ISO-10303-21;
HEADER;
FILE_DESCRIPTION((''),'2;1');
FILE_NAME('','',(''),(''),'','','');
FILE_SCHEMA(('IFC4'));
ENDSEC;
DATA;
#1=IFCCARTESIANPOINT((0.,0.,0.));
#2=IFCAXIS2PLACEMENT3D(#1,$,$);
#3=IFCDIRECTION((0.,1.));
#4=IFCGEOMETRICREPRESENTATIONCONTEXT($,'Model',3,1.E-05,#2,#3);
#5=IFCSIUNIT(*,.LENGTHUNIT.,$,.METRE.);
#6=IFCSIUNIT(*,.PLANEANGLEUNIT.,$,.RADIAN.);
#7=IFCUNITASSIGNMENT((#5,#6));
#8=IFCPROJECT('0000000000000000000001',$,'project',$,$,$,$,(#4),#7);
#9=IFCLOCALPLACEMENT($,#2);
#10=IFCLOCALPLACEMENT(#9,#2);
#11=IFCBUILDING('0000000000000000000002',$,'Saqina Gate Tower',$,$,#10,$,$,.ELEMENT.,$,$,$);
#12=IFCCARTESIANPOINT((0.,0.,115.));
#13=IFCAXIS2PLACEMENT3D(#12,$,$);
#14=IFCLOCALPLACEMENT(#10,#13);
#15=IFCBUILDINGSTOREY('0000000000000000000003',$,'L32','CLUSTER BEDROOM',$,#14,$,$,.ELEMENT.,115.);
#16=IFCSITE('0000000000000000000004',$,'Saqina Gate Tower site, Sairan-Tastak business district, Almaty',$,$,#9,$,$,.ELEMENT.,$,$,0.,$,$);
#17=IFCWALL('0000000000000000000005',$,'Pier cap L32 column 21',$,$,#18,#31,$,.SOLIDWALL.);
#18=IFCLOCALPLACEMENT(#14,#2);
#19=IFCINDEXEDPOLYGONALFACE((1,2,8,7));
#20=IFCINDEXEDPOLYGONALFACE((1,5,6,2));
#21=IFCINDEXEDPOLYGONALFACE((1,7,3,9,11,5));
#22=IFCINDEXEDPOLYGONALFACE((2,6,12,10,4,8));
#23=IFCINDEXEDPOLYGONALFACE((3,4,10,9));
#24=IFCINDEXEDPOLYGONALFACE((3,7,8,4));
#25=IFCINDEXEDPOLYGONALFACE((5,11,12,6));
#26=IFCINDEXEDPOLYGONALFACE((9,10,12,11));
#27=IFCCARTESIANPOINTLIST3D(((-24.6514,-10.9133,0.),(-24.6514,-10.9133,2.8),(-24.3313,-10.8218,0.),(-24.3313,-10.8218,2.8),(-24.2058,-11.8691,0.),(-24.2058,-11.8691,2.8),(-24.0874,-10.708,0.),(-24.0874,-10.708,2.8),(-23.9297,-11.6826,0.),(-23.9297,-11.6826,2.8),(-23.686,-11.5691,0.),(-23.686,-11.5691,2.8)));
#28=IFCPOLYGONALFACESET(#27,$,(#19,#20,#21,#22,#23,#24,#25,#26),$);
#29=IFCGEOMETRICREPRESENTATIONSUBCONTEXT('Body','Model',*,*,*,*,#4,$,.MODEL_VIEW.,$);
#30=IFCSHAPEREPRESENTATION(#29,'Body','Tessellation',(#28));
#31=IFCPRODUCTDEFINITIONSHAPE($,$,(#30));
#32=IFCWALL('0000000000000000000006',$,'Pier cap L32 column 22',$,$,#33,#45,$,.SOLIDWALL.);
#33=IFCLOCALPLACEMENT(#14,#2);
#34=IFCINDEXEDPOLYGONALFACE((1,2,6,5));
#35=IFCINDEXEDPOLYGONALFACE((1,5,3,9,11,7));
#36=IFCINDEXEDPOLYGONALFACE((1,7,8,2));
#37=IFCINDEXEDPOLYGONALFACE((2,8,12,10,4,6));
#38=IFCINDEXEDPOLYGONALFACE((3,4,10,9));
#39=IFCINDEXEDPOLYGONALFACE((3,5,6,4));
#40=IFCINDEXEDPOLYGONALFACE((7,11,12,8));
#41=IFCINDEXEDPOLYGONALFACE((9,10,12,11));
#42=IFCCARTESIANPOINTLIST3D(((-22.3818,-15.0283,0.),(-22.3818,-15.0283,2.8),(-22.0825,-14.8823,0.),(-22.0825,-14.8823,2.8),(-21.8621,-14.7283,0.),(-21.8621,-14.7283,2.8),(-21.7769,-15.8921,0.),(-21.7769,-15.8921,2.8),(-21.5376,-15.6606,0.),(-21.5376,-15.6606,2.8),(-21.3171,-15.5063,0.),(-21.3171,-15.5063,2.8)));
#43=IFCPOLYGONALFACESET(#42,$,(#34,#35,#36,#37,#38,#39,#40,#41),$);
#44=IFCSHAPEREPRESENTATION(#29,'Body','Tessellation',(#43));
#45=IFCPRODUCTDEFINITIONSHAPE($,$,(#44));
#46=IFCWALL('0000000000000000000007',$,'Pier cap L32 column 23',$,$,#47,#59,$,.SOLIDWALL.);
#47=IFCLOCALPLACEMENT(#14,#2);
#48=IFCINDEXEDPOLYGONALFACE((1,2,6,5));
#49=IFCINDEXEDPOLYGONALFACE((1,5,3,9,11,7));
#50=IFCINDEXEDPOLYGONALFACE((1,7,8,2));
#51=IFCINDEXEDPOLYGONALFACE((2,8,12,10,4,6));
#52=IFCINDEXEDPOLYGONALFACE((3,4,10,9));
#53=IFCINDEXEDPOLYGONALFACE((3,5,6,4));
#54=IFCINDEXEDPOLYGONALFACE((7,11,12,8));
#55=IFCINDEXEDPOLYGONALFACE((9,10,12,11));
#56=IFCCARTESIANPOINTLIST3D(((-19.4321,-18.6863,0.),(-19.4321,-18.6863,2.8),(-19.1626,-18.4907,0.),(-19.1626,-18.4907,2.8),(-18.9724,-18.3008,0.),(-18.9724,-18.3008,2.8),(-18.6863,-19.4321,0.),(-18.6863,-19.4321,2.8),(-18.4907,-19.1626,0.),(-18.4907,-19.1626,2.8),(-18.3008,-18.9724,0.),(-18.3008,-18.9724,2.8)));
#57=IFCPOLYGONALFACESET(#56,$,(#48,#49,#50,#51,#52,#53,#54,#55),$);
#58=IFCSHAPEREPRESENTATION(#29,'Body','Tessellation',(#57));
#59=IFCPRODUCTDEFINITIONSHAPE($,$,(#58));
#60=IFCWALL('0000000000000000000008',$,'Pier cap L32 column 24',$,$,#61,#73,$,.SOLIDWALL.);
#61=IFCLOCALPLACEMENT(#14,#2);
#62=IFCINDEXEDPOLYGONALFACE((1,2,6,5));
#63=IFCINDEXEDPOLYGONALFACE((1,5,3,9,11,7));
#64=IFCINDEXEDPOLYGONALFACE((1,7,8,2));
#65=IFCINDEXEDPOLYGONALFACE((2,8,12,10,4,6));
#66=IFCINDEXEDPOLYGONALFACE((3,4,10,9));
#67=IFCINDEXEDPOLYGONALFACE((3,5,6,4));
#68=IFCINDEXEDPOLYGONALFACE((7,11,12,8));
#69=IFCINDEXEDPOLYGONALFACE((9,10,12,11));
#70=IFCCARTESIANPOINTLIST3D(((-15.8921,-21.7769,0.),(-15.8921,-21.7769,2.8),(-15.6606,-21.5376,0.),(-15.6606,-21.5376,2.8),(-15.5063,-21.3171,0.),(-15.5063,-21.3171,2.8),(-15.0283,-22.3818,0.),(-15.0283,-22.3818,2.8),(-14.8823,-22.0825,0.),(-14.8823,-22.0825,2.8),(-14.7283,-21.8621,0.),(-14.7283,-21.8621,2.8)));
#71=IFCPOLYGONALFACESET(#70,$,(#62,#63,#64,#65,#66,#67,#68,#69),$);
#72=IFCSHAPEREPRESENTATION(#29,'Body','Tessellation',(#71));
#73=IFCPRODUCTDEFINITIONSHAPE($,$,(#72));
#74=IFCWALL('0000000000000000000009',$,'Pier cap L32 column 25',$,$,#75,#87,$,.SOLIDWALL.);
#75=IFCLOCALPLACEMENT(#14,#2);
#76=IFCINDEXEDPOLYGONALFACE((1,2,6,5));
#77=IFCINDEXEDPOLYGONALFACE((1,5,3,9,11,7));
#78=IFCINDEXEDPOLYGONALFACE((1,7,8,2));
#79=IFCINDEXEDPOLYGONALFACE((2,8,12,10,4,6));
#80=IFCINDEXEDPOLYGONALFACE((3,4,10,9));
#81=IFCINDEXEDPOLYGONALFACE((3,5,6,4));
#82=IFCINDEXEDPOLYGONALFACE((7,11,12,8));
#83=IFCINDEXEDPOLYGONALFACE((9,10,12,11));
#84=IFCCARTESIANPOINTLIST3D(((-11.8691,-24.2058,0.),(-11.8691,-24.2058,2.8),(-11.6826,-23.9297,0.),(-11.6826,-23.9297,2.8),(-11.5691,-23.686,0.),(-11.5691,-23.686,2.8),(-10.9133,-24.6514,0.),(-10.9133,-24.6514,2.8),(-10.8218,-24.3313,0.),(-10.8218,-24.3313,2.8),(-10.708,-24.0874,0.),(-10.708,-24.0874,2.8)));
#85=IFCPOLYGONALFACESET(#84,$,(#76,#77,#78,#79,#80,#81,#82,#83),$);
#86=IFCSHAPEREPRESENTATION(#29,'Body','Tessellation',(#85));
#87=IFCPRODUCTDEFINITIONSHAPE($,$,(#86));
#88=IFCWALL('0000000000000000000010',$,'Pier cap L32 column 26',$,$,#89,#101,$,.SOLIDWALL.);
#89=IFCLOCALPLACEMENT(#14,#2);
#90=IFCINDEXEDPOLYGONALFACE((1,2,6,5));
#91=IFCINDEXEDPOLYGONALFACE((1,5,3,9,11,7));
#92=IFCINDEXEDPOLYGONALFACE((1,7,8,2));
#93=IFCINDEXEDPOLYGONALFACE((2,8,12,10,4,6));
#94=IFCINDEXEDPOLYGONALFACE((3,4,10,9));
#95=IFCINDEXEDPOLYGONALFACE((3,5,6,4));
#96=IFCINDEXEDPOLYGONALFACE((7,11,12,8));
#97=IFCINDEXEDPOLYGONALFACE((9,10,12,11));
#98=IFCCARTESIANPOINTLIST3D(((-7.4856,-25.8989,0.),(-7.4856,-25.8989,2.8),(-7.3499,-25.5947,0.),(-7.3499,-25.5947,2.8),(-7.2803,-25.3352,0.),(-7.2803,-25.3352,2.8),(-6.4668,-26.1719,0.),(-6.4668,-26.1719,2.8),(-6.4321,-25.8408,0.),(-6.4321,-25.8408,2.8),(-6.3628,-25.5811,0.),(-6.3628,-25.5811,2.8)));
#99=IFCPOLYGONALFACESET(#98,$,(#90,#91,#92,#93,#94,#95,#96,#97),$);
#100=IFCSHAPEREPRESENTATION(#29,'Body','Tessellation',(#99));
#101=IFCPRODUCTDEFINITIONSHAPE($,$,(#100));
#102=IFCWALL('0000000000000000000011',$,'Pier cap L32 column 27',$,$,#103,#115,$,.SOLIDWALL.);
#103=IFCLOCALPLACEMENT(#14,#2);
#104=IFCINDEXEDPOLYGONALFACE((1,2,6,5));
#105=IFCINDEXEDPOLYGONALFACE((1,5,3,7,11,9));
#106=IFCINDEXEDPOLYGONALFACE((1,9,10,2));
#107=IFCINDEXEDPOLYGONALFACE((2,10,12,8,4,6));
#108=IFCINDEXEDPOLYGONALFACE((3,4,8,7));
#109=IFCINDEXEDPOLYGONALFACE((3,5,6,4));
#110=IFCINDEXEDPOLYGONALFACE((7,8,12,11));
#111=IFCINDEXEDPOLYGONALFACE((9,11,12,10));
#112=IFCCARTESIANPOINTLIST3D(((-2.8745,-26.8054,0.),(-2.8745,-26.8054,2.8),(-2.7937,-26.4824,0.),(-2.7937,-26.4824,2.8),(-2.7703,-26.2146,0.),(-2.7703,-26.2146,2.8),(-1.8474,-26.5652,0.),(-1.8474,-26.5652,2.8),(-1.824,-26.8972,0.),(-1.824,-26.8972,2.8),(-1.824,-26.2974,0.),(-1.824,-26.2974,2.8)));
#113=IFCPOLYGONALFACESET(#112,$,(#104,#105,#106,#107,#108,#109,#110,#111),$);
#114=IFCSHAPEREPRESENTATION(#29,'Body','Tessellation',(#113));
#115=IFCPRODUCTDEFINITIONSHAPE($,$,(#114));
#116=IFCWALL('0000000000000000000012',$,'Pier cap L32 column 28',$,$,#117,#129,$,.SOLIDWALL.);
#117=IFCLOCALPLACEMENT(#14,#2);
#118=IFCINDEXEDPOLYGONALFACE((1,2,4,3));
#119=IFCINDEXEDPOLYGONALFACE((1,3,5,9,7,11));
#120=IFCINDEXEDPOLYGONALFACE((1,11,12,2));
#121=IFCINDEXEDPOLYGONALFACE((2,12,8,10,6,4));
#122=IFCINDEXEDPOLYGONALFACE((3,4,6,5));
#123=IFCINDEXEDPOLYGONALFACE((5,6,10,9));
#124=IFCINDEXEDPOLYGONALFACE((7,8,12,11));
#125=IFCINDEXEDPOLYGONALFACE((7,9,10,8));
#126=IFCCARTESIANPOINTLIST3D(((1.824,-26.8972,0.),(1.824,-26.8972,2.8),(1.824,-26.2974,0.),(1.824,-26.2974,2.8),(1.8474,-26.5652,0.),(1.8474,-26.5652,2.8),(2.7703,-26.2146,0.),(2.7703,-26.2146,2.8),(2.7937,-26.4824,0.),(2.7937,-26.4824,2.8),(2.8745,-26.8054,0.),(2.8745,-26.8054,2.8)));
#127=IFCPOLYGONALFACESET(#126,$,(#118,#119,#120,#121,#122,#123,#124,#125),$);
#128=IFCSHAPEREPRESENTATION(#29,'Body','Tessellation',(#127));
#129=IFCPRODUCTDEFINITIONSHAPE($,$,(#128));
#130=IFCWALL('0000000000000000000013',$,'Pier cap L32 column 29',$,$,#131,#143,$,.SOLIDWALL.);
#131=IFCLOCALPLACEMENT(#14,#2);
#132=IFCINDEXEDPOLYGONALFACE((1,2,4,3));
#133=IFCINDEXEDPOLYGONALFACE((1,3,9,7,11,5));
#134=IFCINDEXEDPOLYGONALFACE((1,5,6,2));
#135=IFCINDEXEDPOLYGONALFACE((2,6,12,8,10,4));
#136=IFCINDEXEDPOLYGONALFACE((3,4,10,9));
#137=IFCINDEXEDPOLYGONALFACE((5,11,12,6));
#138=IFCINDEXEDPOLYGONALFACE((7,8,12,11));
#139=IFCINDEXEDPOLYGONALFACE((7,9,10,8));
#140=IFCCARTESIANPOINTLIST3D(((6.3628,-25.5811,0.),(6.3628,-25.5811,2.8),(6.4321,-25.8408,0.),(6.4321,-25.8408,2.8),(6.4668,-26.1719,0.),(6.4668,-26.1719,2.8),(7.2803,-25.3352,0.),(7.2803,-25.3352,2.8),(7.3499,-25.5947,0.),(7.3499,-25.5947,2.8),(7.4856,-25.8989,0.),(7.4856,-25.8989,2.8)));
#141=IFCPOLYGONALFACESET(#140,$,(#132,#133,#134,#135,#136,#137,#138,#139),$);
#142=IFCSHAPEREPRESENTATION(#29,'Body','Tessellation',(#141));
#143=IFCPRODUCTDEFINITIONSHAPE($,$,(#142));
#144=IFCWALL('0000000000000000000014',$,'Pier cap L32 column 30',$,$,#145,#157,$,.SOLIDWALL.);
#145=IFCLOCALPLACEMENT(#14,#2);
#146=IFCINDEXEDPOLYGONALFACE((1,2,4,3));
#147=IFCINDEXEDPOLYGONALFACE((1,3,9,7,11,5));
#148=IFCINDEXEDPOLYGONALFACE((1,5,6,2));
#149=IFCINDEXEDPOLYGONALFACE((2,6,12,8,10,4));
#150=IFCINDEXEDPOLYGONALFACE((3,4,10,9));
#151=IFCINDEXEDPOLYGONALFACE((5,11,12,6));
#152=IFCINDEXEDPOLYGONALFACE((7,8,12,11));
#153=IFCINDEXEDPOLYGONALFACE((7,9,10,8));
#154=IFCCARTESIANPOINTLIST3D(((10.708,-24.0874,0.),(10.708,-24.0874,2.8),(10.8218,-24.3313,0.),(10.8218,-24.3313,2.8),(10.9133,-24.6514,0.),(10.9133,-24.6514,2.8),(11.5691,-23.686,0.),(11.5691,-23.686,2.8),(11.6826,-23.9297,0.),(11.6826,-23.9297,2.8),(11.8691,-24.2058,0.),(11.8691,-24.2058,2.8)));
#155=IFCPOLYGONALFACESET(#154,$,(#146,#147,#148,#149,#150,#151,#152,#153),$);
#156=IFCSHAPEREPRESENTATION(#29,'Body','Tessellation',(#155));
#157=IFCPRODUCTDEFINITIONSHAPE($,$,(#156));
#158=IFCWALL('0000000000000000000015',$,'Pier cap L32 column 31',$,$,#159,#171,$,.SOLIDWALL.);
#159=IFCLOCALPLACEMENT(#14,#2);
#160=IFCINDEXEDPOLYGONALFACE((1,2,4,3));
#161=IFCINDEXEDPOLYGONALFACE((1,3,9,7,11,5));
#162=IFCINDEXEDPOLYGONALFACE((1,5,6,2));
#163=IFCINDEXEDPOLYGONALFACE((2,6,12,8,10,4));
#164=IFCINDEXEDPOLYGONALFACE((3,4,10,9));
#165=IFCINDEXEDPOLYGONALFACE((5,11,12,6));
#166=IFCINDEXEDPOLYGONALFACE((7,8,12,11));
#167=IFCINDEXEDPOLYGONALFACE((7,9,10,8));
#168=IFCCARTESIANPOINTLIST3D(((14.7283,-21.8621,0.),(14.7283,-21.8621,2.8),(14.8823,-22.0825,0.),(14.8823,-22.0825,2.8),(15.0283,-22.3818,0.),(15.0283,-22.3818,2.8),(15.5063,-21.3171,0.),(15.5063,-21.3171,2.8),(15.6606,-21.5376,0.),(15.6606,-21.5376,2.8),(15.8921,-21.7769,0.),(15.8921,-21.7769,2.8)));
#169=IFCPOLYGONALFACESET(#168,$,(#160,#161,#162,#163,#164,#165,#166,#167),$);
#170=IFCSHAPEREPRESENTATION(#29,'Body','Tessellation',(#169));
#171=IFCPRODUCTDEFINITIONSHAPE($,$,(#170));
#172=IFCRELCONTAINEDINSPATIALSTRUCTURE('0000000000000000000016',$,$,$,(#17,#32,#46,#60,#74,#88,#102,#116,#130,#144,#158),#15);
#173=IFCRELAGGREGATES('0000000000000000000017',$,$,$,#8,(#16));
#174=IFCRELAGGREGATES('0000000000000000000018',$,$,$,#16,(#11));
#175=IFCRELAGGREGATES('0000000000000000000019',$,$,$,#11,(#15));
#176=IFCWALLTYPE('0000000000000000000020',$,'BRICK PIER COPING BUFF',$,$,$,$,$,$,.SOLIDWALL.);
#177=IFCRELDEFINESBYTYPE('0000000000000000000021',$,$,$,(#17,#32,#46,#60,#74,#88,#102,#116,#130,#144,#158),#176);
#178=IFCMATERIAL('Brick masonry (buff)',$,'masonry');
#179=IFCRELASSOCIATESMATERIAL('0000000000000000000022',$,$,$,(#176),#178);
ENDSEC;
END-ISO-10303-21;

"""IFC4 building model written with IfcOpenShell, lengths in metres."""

from ifc_helpers import new_model, si_unit, direction, frame, origin, place, context, subcontext, project, spatial, polyline, outline, extrude, material, type_object, element, save


model = new_model("IFC4")

# Units and contexts
model_context = context("Model", 3, precision=1e-05, world=origin(), true_north=direction((0.0, 1.0)))
body_context = subcontext(model_context, "Body", "Model", "MODEL_VIEW")
ifc_project = project(units=[si_unit("LENGTHUNIT", "METRE"), si_unit("PLANEANGLEUNIT", "RADIAN")], contexts=[model_context])

# Site, building, storey
site_placement = place(None, origin())
site = spatial("IfcSite", under=ifc_project, at=site_placement, Name="Saqina Gate Tower site, Sairan-Tastak business district, Almaty", CompositionType="ELEMENT", RefElevation=0.0)
building_placement = place(site_placement, origin())
building = spatial("IfcBuilding", under=site, at=building_placement, Name="Saqina Gate Tower", CompositionType="ELEMENT")
storey_placement = place(building_placement, frame((0.0, 0.0, 115.0)))
storey = spatial("IfcBuildingStorey", under=building, at=storey_placement, Name="L32", Description="CLUSTER BEDROOM", CompositionType="ELEMENT", Elevation=115.0)

# Walls
ifc_material = material(Name="Brick masonry (buff)", Category="masonry")
wall_type = type_object("IfcWallType", Name="BRICK PIER COPING BUFF", PredefinedType="SOLIDWALL", material=ifc_material)
wall_1_placement = place(storey_placement, origin())
element("IfcWall", 1, at=wall_1_placement, inside=storey, type_object=wall_type, Name="Pier cap L32 column 21", PredefinedType="SOLIDWALL", context=body_context, shape_type="SweptSolid", body=[
    extrude(outline(polyline([(-24.6514, -10.9133), (-24.2058, -11.8691), (-23.686, -11.5691), (-23.9297, -11.6826), (-24.3313, -10.8218), (-24.0874, -10.708), (-24.6514, -10.9133)])), origin(), (0.0, 0.0, 1.0), 2.8),
])
wall_2_placement = place(storey_placement, origin())
element("IfcWall", 2, at=wall_2_placement, inside=storey, type_object=wall_type, Name="Pier cap L32 column 22", PredefinedType="SOLIDWALL", context=body_context, shape_type="SweptSolid", body=[
    extrude(outline(polyline([(-21.7769, -15.8921), (-21.3171, -15.5063), (-21.5376, -15.6606), (-22.0825, -14.8823), (-21.8621, -14.7283), (-22.3818, -15.0283), (-21.7769, -15.8921)])), origin(), (0.0, 0.0, 1.0), 2.8),
])
wall_3_placement = place(storey_placement, origin())
element("IfcWall", 3, at=wall_3_placement, inside=storey, type_object=wall_type, Name="Pier cap L32 column 23", PredefinedType="SOLIDWALL", context=body_context, shape_type="SweptSolid", body=[
    extrude(outline(polyline([(-19.4321, -18.6863), (-18.6863, -19.4321), (-18.3008, -18.9724), (-18.4907, -19.1626), (-19.1626, -18.4907), (-18.9724, -18.3008), (-19.4321, -18.6863)])), origin(), (0.0, 0.0, 1.0), 2.8),
])
wall_4_placement = place(storey_placement, origin())
element("IfcWall", 4, at=wall_4_placement, inside=storey, type_object=wall_type, Name="Pier cap L32 column 24", PredefinedType="SOLIDWALL", context=body_context, shape_type="SweptSolid", body=[
    extrude(outline(polyline([(-15.0283, -22.3818), (-14.7283, -21.8621), (-14.8823, -22.0825), (-15.6606, -21.5376), (-15.5063, -21.3171), (-15.8921, -21.7769), (-15.0283, -22.3818)])), origin(), (0.0, 0.0, 1.0), 2.8),
])
wall_5_placement = place(storey_placement, origin())
element("IfcWall", 5, at=wall_5_placement, inside=storey, type_object=wall_type, Name="Pier cap L32 column 25", PredefinedType="SOLIDWALL", context=body_context, shape_type="SweptSolid", body=[
    extrude(outline(polyline([(-10.9133, -24.6514), (-10.708, -24.0874), (-10.8218, -24.3313), (-11.6826, -23.9297), (-11.5691, -23.686), (-11.8691, -24.2058), (-10.9133, -24.6514)])), origin(), (0.0, 0.0, 1.0), 2.8),
])
wall_6_placement = place(storey_placement, origin())
element("IfcWall", 6, at=wall_6_placement, inside=storey, type_object=wall_type, Name="Pier cap L32 column 26", PredefinedType="SOLIDWALL", context=body_context, shape_type="SweptSolid", body=[
    extrude(outline(polyline([(-7.4856, -25.8989), (-6.4668, -26.1719), (-6.3628, -25.5811), (-6.4321, -25.8408), (-7.3499, -25.5947), (-7.2803, -25.3352), (-7.4856, -25.8989)])), origin(), (0.0, 0.0, 1.0), 2.8),
])
wall_7_placement = place(storey_placement, origin())
element("IfcWall", 7, at=wall_7_placement, inside=storey, type_object=wall_type, Name="Pier cap L32 column 27", PredefinedType="SOLIDWALL", context=body_context, shape_type="SweptSolid", body=[
    extrude(outline(polyline([(-2.8745, -26.8054), (-1.824, -26.8972), (-1.824, -26.2974), (-1.8474, -26.5652), (-2.7937, -26.4824), (-2.7703, -26.2146), (-2.8745, -26.8054)])), origin(), (0.0, 0.0, 1.0), 2.8),
])
wall_8_placement = place(storey_placement, origin())
element("IfcWall", 8, at=wall_8_placement, inside=storey, type_object=wall_type, Name="Pier cap L32 column 28", PredefinedType="SOLIDWALL", context=body_context, shape_type="SweptSolid", body=[
    extrude(outline(polyline([(2.8745, -26.8054), (2.7703, -26.2146), (2.7937, -26.4824), (1.8474, -26.5652), (1.824, -26.2974), (1.824, -26.8972), (2.8745, -26.8054)])), origin(), (0.0, 0.0, 1.0), 2.8),
])
wall_9_placement = place(storey_placement, origin())
element("IfcWall", 9, at=wall_9_placement, inside=storey, type_object=wall_type, Name="Pier cap L32 column 29", PredefinedType="SOLIDWALL", context=body_context, shape_type="SweptSolid", body=[
    extrude(outline(polyline([(6.4668, -26.1719), (7.4856, -25.8989), (7.2803, -25.3352), (7.3499, -25.5947), (6.4321, -25.8408), (6.3628, -25.5811), (6.4668, -26.1719)])), origin(), (0.0, 0.0, 1.0), 2.8),
])
wall_10_placement = place(storey_placement, origin())
element("IfcWall", 10, at=wall_10_placement, inside=storey, type_object=wall_type, Name="Pier cap L32 column 30", PredefinedType="SOLIDWALL", context=body_context, shape_type="SweptSolid", body=[
    extrude(outline(polyline([(10.9133, -24.6514), (11.8691, -24.2058), (11.5691, -23.686), (11.6826, -23.9297), (10.8218, -24.3313), (10.708, -24.0874), (10.9133, -24.6514)])), origin(), (0.0, 0.0, 1.0), 2.8),
])
wall_11_placement = place(storey_placement, origin())
element("IfcWall", 11, at=wall_11_placement, inside=storey, type_object=wall_type, Name="Pier cap L32 column 31", PredefinedType="SOLIDWALL", context=body_context, shape_type="SweptSolid", body=[
    extrude(outline(polyline([(15.8921, -21.7769), (15.5063, -21.3171), (15.6606, -21.5376), (14.8823, -22.0825), (14.7283, -21.8621), (15.0283, -22.3818), (15.8921, -21.7769)])), origin(), (0.0, 0.0, 1.0), 2.8),
])

save(model, "model.ifc")
